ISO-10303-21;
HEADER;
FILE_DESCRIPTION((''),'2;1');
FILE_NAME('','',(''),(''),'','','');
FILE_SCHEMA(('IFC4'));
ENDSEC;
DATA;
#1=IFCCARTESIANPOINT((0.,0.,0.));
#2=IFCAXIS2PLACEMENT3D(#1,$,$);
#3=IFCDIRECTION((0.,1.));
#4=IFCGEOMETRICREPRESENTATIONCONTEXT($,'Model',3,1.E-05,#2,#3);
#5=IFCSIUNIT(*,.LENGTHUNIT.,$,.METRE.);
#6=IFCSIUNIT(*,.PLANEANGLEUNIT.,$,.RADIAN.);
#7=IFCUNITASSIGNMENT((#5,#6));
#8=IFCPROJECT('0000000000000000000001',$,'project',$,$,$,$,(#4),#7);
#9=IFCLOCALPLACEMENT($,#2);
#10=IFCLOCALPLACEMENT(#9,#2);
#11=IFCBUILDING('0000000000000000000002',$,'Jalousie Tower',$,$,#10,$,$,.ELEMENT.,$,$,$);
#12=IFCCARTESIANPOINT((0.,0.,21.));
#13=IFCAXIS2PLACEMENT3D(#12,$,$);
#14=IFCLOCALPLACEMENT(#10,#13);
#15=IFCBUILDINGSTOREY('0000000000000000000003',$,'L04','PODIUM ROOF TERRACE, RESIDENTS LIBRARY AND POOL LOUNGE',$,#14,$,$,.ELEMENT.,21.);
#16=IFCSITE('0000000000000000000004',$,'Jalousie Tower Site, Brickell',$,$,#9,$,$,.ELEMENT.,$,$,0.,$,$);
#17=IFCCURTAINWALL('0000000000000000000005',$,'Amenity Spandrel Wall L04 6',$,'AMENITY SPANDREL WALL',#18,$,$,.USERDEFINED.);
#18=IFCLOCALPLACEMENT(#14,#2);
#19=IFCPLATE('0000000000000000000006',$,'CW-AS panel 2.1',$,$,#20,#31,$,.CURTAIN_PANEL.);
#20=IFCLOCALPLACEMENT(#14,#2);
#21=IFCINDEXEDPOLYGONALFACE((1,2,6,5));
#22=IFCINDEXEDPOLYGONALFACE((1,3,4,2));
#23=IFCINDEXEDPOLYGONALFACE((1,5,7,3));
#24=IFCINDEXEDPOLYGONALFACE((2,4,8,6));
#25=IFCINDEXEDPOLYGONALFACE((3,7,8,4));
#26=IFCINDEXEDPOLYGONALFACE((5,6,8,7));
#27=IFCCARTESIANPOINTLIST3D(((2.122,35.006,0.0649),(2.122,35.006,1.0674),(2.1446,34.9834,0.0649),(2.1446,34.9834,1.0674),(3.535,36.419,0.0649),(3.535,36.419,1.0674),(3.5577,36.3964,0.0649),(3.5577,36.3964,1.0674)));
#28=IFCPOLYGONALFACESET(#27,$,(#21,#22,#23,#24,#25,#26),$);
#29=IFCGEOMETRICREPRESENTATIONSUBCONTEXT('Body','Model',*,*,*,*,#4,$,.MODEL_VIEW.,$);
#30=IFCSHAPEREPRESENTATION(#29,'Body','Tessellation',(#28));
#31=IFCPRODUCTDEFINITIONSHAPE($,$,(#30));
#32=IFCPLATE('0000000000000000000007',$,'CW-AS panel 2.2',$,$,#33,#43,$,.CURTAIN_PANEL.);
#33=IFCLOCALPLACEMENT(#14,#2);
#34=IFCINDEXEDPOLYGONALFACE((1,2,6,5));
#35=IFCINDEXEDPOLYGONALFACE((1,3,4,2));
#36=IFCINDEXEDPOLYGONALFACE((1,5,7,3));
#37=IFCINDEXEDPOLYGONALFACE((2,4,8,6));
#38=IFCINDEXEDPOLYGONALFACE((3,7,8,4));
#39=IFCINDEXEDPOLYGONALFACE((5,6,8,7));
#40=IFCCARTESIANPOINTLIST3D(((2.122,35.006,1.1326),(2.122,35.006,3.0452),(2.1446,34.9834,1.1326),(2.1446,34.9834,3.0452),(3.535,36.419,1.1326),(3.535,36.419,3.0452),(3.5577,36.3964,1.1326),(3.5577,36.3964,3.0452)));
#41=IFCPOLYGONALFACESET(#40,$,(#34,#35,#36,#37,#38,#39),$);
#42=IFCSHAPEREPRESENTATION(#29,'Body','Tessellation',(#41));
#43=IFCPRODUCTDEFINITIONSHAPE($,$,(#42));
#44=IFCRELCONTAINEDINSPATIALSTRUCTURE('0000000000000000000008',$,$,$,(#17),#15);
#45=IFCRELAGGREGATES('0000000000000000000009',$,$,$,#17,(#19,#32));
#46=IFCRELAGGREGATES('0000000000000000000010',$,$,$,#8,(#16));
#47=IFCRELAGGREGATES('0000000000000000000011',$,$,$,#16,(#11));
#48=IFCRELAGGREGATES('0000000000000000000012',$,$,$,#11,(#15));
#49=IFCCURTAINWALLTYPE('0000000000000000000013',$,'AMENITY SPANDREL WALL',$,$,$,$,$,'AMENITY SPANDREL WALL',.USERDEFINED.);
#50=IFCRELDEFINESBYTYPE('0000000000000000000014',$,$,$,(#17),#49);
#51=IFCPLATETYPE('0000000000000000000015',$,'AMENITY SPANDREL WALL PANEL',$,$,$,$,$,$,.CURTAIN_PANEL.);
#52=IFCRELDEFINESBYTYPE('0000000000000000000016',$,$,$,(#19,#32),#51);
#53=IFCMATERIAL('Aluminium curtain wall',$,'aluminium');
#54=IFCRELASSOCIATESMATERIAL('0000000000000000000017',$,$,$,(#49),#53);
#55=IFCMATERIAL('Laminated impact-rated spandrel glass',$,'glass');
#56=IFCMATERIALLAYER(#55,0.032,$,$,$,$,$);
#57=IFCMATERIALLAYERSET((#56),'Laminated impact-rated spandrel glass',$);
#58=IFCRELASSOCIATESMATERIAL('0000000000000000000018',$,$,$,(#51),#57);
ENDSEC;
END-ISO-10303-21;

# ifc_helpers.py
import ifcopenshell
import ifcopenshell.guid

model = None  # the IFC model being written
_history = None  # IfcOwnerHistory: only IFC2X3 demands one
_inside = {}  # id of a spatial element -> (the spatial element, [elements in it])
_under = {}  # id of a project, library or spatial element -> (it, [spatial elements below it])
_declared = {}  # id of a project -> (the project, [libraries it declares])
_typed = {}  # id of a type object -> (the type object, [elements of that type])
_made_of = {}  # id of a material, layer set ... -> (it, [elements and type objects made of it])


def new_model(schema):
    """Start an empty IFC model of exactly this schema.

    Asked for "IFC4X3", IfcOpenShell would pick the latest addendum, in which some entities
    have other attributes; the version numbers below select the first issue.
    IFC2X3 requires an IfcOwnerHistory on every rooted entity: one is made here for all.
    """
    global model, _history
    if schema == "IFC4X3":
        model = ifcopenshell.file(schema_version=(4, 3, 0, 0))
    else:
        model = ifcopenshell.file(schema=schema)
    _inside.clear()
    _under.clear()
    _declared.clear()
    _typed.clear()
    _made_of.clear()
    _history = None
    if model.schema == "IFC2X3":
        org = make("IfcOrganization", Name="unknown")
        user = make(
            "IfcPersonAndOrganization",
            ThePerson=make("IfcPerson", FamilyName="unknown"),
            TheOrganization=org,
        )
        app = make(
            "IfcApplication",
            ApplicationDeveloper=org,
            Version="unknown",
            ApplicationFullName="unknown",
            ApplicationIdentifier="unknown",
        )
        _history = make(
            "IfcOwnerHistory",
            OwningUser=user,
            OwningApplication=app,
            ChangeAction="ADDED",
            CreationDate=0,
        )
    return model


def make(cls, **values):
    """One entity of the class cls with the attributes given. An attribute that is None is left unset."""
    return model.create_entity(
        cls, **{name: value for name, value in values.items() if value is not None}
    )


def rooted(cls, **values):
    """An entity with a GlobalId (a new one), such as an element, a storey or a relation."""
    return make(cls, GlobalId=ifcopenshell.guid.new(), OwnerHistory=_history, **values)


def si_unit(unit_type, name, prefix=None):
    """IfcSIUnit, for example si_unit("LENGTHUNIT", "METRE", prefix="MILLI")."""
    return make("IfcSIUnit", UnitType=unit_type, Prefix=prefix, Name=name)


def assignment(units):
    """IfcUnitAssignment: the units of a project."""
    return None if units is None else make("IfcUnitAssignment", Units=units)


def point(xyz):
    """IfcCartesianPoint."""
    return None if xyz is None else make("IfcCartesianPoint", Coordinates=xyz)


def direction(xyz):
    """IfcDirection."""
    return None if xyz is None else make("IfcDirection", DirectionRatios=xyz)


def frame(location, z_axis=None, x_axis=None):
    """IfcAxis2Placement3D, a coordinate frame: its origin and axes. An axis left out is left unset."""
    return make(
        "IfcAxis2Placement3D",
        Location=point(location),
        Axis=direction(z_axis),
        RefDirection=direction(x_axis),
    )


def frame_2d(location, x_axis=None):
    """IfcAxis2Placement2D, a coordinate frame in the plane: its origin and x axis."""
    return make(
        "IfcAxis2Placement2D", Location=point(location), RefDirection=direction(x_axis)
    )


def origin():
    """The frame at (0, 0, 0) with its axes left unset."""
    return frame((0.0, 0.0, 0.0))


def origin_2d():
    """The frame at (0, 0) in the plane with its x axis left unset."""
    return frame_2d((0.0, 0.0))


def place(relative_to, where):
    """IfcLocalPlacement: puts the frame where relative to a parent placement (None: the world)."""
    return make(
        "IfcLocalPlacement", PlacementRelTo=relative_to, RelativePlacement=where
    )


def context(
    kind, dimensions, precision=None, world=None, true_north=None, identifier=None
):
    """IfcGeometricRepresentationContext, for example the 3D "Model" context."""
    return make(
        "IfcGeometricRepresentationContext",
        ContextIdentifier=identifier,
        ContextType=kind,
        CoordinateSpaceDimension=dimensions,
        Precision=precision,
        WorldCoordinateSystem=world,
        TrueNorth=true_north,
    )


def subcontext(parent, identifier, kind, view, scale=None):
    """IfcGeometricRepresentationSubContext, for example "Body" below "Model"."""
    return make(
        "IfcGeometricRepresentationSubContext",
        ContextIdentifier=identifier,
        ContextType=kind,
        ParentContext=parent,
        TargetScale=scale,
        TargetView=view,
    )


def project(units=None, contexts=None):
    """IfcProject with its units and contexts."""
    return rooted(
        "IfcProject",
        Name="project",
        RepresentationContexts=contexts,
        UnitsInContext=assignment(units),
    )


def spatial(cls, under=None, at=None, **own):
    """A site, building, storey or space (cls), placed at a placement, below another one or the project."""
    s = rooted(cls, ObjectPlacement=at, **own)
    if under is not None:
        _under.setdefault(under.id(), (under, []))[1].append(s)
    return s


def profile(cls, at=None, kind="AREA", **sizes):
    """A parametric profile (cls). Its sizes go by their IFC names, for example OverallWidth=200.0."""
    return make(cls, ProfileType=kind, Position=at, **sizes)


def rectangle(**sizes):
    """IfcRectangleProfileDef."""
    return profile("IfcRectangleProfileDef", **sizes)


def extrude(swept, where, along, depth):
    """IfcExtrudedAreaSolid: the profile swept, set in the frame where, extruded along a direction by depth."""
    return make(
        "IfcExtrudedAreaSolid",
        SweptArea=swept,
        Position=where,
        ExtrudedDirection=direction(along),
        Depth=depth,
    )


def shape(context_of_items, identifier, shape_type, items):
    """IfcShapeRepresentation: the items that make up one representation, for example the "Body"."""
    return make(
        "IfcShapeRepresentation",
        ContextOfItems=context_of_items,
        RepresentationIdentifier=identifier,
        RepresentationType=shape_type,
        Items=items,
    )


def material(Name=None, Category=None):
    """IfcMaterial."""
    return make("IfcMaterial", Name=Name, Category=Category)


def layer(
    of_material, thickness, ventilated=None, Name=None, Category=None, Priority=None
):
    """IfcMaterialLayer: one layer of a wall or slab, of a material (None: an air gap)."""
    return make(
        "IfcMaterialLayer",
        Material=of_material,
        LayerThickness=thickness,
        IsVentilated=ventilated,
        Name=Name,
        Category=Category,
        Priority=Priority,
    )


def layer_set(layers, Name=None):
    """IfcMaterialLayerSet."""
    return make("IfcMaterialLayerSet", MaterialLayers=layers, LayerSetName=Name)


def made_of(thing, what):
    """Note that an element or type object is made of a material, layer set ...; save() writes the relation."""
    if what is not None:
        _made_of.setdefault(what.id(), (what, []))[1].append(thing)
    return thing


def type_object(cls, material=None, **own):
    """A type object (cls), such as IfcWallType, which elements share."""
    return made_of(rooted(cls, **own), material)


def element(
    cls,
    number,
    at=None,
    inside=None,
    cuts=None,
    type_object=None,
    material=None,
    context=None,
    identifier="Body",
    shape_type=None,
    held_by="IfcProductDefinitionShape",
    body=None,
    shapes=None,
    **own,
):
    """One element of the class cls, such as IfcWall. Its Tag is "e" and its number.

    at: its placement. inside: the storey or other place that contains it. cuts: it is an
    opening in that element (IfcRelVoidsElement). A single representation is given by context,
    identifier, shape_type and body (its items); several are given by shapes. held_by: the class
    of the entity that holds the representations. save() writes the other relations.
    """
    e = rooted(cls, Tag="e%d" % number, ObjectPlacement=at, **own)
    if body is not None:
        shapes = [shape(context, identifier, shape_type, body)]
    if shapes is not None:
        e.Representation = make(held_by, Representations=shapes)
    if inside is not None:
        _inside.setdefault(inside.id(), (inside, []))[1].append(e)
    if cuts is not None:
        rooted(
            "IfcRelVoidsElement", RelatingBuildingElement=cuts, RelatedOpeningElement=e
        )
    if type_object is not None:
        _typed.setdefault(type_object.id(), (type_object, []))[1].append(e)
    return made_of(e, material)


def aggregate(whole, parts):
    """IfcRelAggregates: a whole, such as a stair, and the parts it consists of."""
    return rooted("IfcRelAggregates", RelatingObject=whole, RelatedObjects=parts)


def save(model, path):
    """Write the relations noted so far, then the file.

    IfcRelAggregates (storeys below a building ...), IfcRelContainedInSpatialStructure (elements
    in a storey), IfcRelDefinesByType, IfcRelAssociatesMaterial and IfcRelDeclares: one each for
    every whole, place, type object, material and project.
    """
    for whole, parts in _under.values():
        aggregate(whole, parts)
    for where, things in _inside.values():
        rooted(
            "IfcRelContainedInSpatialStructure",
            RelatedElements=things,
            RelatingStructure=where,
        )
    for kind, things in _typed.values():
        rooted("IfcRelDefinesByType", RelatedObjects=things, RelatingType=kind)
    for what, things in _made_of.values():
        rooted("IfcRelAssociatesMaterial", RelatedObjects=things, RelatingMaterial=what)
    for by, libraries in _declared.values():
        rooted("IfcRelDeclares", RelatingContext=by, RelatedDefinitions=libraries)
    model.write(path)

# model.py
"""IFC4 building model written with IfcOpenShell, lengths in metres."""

from ifc_helpers import new_model, si_unit, direction, frame, origin, origin_2d, place, context, subcontext, project, spatial, rectangle, extrude, material, layer, layer_set, type_object, element, aggregate, save


model = new_model("IFC4")

# Units and contexts
model_context = context("Model", 3, precision=1e-05, world=origin(), true_north=direction((0.0, 1.0)))
body_context = subcontext(model_context, "Body", "Model", "MODEL_VIEW")
ifc_project = project(units=[si_unit("LENGTHUNIT", "METRE"), si_unit("PLANEANGLEUNIT", "RADIAN")], contexts=[model_context])

# Site, building, storey
site_placement = place(None, origin())
site = spatial("IfcSite", under=ifc_project, at=site_placement, Name="Jalousie Tower Site, Brickell", CompositionType="ELEMENT", RefElevation=0.0)
building_placement = place(site_placement, origin())
building = spatial("IfcBuilding", under=site, at=building_placement, Name="Jalousie Tower", CompositionType="ELEMENT")
storey_placement = place(building_placement, frame((0.0, 0.0, 21.0)))
storey = spatial("IfcBuildingStorey", under=building, at=storey_placement, Name="L04", Description="PODIUM ROOF TERRACE, RESIDENTS LIBRARY AND POOL LOUNGE", CompositionType="ELEMENT", Elevation=21.0)

# Curtain wall
ifc_material_1 = material(Name="Aluminium curtain wall", Category="aluminium")
curtain_wall_type = type_object("IfcCurtainWallType", Name="AMENITY SPANDREL WALL", ElementType="AMENITY SPANDREL WALL", PredefinedType="USERDEFINED", material=ifc_material_1)
curtain_wall_placement = place(storey_placement, origin())
curtain_wall = element("IfcCurtainWall", 1, at=curtain_wall_placement, inside=storey, type_object=curtain_wall_type, Name="Amenity Spandrel Wall L04 6", ObjectType="AMENITY SPANDREL WALL", PredefinedType="USERDEFINED")

# Plates
ifc_material_2 = material(Name="Laminated impact-rated spandrel glass", Category="glass")
ifc_layer_1 = layer(ifc_material_2, 0.032)
ifc_layer_set_1 = layer_set([ifc_layer_1], Name="Laminated impact-rated spandrel glass")
plate_type = type_object("IfcPlateType", Name="AMENITY SPANDREL WALL PANEL", PredefinedType="CURTAIN_PANEL", material=ifc_layer_set_1)
plate_1_placement = place(storey_placement, frame((2.8398, 35.7012, 0.0649), z_axis=(0.0, 0.0, 1.0), x_axis=(-0.707107, -0.707107, 0.0)))
plate_1 = element("IfcPlate", 2, at=plate_1_placement, type_object=plate_type, Name="CW-AS panel 2.1", PredefinedType="CURTAIN_PANEL", context=body_context, shape_type="SweptSolid", body=[
    extrude(rectangle(XDim=1.9983, YDim=0.032, at=origin_2d()), origin(), (0.0, 0.0, 1.0), 1.0024),
])
plate_2_placement = place(storey_placement, frame((2.8398, 35.7012, 1.1326), z_axis=(0.0, 0.0, 1.0), x_axis=(-0.707107, -0.707107, 0.0)))
plate_2 = element("IfcPlate", 3, at=plate_2_placement, type_object=plate_type, Name="CW-AS panel 2.2", PredefinedType="CURTAIN_PANEL", context=body_context, shape_type="SweptSolid", body=[
    extrude(rectangle(XDim=1.9983, YDim=0.032, at=origin_2d()), origin(), (0.0, 0.0, 1.0), 1.9126),
])
aggregate(curtain_wall, [plate_1, plate_2])

save(model, "model.ifc")
